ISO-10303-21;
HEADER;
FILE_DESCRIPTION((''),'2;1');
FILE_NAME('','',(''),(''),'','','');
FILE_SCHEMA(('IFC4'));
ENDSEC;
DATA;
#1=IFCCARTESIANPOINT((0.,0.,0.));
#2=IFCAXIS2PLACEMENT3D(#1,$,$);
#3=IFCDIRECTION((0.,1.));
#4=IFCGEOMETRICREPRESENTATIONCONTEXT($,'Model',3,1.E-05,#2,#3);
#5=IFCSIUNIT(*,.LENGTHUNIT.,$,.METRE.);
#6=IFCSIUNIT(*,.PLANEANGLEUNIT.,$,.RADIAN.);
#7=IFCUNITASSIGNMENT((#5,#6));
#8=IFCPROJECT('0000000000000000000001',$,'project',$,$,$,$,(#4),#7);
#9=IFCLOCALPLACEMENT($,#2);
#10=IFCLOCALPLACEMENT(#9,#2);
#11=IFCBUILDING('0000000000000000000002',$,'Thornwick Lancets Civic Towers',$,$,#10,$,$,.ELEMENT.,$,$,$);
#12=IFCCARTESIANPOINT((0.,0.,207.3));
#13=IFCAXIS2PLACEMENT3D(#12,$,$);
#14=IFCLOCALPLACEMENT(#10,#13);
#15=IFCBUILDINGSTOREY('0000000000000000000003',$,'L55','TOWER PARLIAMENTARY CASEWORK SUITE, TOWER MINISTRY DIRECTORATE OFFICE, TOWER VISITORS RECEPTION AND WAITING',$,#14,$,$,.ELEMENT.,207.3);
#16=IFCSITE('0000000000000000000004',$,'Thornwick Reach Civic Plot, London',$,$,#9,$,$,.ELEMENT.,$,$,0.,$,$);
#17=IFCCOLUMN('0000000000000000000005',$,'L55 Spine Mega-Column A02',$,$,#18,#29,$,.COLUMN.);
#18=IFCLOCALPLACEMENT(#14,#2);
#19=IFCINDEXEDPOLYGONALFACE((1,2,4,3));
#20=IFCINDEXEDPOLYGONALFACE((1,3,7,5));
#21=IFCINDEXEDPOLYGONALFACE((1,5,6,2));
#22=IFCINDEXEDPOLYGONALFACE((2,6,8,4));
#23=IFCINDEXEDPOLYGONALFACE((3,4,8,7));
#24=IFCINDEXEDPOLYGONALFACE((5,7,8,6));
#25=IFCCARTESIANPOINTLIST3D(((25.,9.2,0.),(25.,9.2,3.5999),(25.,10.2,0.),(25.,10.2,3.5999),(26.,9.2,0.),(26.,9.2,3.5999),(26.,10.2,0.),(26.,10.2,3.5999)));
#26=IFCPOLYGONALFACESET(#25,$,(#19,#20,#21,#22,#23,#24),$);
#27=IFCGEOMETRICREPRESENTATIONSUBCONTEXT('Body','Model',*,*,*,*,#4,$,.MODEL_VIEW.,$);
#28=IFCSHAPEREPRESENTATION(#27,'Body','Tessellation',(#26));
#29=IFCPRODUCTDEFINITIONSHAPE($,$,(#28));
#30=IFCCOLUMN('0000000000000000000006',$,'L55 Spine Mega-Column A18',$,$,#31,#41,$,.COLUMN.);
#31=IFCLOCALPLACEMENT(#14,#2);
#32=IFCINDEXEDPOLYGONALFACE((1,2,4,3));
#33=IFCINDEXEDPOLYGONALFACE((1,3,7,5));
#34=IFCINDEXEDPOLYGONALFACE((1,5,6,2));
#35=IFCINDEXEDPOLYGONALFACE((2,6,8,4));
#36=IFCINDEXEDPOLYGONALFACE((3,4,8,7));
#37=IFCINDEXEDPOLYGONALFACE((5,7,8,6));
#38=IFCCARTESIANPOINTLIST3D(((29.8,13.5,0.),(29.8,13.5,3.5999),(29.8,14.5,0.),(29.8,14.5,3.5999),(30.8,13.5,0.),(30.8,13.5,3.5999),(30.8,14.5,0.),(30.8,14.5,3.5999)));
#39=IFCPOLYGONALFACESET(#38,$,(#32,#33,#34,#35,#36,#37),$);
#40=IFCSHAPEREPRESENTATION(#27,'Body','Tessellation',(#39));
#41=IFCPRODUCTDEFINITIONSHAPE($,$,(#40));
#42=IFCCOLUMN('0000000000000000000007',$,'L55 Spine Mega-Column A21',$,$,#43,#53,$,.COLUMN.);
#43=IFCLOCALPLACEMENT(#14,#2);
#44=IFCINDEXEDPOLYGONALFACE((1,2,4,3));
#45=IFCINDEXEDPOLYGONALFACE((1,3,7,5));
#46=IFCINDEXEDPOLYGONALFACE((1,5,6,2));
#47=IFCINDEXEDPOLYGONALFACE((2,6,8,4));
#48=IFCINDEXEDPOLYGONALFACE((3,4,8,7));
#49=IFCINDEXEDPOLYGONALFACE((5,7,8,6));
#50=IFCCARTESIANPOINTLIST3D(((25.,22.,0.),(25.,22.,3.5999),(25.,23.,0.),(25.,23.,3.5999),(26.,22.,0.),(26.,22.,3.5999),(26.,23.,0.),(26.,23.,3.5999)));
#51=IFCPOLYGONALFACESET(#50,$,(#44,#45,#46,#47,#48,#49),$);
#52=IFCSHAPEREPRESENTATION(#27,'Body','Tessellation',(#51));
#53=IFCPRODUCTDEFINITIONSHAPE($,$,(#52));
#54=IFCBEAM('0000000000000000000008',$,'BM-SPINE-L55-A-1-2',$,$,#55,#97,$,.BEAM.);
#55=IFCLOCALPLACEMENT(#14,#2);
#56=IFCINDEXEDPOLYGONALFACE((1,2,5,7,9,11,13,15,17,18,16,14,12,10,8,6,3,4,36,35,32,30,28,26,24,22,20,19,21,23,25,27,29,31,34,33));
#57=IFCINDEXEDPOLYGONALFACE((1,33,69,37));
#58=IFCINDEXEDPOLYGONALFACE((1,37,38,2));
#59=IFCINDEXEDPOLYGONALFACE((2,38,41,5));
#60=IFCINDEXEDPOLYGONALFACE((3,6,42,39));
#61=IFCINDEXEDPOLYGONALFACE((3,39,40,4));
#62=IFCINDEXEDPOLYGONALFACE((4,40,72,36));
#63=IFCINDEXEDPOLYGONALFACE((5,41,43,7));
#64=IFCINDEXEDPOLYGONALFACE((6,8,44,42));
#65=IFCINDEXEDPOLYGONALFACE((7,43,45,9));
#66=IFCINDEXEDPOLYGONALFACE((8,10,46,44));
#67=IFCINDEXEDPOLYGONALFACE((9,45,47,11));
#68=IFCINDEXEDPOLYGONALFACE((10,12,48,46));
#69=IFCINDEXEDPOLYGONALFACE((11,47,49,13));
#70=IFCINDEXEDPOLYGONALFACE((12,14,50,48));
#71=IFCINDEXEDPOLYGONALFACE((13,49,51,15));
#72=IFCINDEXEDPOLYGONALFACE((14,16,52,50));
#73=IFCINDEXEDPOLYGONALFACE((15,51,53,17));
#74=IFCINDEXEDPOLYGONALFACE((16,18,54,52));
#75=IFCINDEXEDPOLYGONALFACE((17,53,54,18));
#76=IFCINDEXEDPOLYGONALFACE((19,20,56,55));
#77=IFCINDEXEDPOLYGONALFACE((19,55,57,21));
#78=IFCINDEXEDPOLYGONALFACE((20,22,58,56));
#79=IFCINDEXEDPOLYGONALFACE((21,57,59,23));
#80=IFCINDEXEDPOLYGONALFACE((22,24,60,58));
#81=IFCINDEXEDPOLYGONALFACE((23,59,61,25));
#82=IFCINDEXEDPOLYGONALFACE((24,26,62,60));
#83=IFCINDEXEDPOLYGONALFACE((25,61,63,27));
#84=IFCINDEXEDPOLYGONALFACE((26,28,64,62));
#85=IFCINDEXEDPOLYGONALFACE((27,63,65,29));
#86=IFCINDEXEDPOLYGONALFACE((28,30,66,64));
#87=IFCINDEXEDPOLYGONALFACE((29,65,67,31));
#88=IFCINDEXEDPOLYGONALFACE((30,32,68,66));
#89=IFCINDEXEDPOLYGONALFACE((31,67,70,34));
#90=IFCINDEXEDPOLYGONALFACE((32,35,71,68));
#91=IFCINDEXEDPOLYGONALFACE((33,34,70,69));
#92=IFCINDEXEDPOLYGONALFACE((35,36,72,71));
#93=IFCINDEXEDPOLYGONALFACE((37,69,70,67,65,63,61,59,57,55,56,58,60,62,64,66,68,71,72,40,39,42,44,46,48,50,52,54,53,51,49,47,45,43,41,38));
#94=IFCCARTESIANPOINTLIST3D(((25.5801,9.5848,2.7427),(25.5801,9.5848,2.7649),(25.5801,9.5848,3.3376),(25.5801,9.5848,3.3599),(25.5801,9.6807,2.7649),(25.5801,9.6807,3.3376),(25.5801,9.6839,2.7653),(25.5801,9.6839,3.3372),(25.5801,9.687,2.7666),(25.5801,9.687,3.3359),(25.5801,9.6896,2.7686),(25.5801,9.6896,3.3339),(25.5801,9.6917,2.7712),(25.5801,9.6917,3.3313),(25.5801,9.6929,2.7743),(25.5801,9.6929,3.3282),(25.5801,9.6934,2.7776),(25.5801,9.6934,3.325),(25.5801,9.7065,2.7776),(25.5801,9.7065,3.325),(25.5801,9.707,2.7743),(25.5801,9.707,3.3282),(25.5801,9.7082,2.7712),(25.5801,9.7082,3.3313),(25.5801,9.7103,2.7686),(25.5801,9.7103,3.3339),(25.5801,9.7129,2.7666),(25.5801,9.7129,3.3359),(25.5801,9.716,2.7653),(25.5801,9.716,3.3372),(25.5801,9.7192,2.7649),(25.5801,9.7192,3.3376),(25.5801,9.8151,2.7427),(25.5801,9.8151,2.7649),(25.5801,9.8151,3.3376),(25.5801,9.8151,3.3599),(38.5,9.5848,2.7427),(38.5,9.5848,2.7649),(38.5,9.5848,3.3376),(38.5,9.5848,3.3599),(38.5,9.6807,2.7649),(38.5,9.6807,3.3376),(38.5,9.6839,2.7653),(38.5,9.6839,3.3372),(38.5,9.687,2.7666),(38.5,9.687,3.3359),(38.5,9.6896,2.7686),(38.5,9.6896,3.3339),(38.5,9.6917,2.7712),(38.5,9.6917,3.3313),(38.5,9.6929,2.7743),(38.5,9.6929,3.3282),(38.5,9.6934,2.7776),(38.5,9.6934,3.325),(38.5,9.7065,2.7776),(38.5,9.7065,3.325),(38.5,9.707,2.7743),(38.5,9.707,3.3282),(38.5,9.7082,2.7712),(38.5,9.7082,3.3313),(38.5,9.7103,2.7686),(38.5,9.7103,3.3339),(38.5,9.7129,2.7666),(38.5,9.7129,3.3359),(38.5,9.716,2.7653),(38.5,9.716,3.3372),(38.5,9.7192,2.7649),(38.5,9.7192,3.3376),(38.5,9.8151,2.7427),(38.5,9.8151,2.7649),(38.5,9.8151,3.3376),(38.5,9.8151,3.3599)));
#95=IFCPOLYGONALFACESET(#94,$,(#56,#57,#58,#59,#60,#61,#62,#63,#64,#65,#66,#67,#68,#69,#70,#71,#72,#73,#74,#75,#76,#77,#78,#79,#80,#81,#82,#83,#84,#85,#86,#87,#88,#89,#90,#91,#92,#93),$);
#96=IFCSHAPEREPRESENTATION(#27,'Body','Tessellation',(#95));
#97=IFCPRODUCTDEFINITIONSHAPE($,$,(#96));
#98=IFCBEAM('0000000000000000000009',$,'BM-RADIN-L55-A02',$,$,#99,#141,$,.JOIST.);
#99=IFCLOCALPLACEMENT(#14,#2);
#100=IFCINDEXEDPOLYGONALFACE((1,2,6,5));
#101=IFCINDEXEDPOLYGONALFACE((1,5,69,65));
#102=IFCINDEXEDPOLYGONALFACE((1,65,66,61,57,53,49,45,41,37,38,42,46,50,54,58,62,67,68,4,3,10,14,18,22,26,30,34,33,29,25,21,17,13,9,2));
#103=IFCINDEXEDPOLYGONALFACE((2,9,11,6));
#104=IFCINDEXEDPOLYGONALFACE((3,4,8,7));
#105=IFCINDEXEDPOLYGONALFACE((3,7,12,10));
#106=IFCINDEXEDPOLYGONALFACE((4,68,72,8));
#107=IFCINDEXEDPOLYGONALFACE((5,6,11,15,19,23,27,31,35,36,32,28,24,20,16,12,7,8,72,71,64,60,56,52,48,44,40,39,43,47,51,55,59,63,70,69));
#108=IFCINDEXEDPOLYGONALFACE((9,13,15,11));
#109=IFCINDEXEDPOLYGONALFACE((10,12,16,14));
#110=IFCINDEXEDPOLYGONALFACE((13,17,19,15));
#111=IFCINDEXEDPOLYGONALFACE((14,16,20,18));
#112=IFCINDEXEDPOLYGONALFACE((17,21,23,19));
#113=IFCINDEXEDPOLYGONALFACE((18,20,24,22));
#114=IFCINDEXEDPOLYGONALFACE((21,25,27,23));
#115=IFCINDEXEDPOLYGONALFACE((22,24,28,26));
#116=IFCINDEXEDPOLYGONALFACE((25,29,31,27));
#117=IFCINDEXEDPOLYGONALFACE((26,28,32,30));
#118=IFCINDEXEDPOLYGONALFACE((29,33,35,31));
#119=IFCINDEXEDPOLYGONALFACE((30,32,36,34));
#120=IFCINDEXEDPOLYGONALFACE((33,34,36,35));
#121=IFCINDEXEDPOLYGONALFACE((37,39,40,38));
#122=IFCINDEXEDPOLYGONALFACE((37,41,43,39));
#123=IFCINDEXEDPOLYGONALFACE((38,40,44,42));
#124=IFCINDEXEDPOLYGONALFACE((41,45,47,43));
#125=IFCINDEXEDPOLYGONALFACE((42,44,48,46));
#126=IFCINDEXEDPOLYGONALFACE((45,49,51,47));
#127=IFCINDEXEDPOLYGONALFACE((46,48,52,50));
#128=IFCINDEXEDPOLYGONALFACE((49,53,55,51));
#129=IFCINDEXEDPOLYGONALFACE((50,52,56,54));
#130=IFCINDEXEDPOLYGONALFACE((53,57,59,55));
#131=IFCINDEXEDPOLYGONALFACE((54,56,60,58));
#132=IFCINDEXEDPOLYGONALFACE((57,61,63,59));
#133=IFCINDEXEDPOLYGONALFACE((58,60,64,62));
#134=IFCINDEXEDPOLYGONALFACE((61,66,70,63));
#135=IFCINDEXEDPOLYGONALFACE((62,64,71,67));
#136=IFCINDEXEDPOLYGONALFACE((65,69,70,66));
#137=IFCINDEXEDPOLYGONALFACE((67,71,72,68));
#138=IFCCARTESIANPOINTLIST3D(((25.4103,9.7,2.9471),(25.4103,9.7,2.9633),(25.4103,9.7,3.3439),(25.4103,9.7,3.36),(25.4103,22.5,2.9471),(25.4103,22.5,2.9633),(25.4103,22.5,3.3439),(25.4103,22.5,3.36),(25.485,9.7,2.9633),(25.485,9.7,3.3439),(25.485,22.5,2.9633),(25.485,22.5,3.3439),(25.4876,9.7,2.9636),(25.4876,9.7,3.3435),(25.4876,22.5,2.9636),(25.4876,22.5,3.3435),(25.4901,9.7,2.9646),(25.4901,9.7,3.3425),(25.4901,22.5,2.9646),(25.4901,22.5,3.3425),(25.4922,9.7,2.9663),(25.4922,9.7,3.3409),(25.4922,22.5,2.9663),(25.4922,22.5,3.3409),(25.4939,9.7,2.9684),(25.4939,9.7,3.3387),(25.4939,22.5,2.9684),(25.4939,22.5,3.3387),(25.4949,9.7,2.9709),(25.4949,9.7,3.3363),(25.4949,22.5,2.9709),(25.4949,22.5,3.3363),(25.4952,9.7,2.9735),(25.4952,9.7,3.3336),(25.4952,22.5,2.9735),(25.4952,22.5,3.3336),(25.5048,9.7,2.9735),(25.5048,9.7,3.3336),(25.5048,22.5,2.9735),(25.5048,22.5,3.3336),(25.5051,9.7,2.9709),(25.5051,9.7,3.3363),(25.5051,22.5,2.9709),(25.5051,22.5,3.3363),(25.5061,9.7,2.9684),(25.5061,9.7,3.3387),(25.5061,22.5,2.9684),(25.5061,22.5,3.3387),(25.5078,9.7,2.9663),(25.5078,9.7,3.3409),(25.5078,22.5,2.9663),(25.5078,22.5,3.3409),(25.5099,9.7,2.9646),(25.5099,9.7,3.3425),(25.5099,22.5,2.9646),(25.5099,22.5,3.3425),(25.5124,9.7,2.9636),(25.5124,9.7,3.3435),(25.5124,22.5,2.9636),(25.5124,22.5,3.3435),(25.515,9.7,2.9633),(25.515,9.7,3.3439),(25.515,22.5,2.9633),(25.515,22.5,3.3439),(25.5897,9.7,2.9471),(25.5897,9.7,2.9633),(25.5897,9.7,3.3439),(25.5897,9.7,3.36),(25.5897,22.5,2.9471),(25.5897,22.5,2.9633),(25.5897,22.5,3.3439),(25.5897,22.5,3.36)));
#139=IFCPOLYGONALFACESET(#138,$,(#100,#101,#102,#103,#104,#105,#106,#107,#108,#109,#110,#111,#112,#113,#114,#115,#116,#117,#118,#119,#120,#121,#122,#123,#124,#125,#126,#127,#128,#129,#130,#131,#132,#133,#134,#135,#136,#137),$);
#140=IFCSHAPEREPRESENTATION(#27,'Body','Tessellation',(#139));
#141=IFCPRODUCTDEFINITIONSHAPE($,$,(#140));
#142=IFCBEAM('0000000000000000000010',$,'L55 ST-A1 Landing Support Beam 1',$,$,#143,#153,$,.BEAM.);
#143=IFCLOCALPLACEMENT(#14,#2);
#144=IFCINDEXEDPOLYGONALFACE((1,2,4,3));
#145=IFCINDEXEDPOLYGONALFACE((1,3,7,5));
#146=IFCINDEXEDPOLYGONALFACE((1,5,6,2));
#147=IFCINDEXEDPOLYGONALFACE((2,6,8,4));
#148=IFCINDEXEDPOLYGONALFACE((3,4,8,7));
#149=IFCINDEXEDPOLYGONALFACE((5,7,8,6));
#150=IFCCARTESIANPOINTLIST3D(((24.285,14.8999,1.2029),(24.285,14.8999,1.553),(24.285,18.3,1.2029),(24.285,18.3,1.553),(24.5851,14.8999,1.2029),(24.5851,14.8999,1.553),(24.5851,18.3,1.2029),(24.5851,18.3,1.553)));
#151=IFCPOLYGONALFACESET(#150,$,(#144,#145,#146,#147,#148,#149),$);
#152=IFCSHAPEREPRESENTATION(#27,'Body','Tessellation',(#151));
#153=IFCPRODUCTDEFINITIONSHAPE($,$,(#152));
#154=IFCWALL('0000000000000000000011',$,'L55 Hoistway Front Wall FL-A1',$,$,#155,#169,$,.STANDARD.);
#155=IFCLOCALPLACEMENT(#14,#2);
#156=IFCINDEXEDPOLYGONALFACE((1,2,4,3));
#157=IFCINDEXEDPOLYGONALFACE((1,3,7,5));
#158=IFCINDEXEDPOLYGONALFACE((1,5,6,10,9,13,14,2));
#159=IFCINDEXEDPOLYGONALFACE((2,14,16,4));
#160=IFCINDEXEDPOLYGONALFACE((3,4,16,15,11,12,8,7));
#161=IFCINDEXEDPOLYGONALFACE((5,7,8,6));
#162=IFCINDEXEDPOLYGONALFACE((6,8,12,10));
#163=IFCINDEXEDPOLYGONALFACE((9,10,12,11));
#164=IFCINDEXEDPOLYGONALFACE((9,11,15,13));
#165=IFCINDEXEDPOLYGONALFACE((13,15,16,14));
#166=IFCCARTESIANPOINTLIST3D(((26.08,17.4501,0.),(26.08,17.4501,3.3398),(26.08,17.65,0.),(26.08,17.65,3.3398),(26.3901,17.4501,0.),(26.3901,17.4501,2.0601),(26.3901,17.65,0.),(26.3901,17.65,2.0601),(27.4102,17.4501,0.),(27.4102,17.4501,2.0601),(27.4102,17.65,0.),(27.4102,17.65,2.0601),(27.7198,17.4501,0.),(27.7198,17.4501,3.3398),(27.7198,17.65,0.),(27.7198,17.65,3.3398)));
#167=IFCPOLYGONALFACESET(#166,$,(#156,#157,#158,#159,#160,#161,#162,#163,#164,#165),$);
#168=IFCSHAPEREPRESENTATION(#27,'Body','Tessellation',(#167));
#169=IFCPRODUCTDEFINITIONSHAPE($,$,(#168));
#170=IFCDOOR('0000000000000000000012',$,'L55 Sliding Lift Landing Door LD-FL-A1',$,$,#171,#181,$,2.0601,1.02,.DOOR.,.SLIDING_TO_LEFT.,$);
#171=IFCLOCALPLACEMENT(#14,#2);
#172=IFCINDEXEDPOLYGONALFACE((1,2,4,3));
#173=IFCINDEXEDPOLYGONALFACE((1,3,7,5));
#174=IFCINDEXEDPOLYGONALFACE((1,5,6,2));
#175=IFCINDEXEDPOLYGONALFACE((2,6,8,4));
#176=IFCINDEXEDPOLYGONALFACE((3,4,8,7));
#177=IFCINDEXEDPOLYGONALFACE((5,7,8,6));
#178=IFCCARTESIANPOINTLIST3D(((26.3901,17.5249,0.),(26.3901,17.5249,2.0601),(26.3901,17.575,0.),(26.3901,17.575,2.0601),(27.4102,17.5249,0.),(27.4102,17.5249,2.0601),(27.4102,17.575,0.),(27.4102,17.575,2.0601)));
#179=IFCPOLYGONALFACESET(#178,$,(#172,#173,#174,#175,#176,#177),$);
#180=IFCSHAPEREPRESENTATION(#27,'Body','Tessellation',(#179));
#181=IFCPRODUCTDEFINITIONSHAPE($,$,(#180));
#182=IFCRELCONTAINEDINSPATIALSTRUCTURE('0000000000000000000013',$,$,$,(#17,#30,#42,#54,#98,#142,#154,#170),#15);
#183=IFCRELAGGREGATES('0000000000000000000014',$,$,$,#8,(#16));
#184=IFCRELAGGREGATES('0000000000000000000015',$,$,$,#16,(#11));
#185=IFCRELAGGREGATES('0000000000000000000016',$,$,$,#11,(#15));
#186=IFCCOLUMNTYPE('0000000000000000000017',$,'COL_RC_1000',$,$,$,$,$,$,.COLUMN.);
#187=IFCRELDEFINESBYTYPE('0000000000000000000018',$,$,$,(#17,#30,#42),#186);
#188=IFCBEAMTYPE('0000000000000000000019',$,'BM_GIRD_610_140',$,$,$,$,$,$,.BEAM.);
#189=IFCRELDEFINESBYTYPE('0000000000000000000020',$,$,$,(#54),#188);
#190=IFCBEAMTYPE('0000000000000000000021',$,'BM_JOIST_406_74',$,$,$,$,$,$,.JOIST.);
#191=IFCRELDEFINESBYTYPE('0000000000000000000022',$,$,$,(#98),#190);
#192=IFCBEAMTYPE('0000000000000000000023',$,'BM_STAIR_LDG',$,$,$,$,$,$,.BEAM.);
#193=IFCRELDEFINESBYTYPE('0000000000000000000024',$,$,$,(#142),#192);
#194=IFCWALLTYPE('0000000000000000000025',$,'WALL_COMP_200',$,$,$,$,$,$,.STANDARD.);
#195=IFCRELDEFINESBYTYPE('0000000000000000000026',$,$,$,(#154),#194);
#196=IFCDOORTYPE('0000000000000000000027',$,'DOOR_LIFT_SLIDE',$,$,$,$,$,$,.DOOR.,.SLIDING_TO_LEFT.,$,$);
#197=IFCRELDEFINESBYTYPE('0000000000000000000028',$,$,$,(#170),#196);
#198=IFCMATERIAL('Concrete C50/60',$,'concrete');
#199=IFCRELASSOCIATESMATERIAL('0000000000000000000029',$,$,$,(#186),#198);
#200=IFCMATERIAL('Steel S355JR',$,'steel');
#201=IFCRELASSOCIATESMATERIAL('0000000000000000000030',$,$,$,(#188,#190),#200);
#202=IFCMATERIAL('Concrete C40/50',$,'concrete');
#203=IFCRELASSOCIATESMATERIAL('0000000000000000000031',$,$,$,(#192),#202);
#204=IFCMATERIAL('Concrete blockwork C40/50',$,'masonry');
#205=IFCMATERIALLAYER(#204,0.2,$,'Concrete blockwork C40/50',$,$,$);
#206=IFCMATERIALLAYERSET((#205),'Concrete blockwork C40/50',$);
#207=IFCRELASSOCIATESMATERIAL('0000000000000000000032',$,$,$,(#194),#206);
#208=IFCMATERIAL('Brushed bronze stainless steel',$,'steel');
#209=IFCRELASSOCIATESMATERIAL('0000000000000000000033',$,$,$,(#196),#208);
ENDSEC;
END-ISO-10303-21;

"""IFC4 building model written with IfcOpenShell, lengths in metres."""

from ifc_helpers import new_model, si_unit, direction, frame, frame_2d, origin, origin_2d, place, context, subcontext, project, spatial, rectangle, i_section, extrude, material, layer, layer_set, material_profile, profile_set, type_object, element, fill, save


model = new_model("IFC4")

# Units and contexts
model_context = context("Model", 3, precision=1e-05, world=origin(), true_north=direction((0.0, 1.0)))
body_context = subcontext(model_context, "Body", "Model", "MODEL_VIEW")
ifc_project = project(units=[si_unit("LENGTHUNIT", "METRE"), si_unit("PLANEANGLEUNIT", "RADIAN")], contexts=[model_context])

# Site, building, storey
site_placement = place(None, origin())
site = spatial("IfcSite", under=ifc_project, at=site_placement, Name="Thornwick Reach Civic Plot, London", CompositionType="ELEMENT", RefElevation=0.0)
building_placement = place(site_placement, origin())
building = spatial("IfcBuilding", under=site, at=building_placement, Name="Thornwick Lancets Civic Towers", CompositionType="ELEMENT")
storey_placement = place(building_placement, frame((0.0, 0.0, 207.3)))
storey = spatial("IfcBuildingStorey", under=building, at=storey_placement, Name="L55", Description="TOWER PARLIAMENTARY CASEWORK SUITE, TOWER MINISTRY DIRECTORATE OFFICE, TOWER VISITORS RECEPTION AND WAITING", CompositionType="ELEMENT", Elevation=207.3)

# Columns
ifc_material_1 = material(Name="Concrete C50/60", Category="concrete")
ifc_material_profile_1 = material_profile(ifc_material_1, rectangle(XDim=1.0, YDim=1.0, at=origin_2d()), Name="RC 1000x1000")
ifc_profile_set_1 = profile_set([ifc_material_profile_1], Name="Concrete C50/60")
column_type = type_object("IfcColumnType", Name="COL_RC_1000", PredefinedType="COLUMN", material=ifc_profile_set_1)
for number, where, z_axis, x_axis, name in (
    (1, (25.5, 9.7, 0.0), (0.0, 0.0, 1.0), (1.0, 0.0, 0.0), "L55 Spine Mega-Column A02"),
    (2, (30.3, 14.0, 0.0), (0.0, 0.0, 1.0), (1.0, 0.0, 0.0), "L55 Spine Mega-Column A18"),
    (3, (25.5, 22.5, 0.0), (0.0, 0.0, 1.0), (1.0, 0.0, 0.0), "L55 Spine Mega-Column A21"),
):
    element("IfcColumn", number, at=place(storey_placement, frame(where, z_axis=z_axis, x_axis=x_axis)), inside=storey, type_object=column_type, Name=name, PredefinedType="COLUMN", context=body_context, shape_type="SweptSolid", body=[
        extrude(rectangle(XDim=1.0, YDim=1.0, at=origin_2d()), origin(), (0.0, 0.0, 1.0), 3.5999),
    ])

# Beams
ifc_material_2 = material(Name="Steel S355JR", Category="steel")
ifc_material_profile_2 = material_profile(ifc_material_2, i_section(OverallWidth=0.2302, OverallDepth=0.6172, WebThickness=0.0132, FlangeThickness=0.0222, FilletRadius=0.0127, at=origin_2d()), Name="UKB 610x229x140")
ifc_profile_set_2 = profile_set([ifc_material_profile_2], Name="Steel S355JR")
beam_type_1 = type_object("IfcBeamType", Name="BM_GIRD_610_140", PredefinedType="BEAM", material=ifc_profile_set_2)
beam_1_placement = place(storey_placement, frame((25.5801, 9.7, 3.0513), z_axis=(1.0, 0.0, 0.0), x_axis=(0.0, 1.0, 0.0)))
element("IfcBeam", 4, at=beam_1_placement, inside=storey, type_object=beam_type_1, Name="BM-SPINE-L55-A-1-2", PredefinedType="BEAM", context=body_context, shape_type="SweptSolid", body=[
    extrude(i_section(OverallWidth=0.2302, OverallDepth=0.6172, WebThickness=0.0132, FlangeThickness=0.0222, FilletRadius=0.0127, at=origin_2d()), origin(), (0.0, 0.0, 1.0), 12.9199),
])
ifc_material_profile_3 = material_profile(ifc_material_2, i_section(OverallWidth=0.1794, OverallDepth=0.4128, WebThickness=0.0095, FlangeThickness=0.0161, FilletRadius=0.0103, at=origin_2d()), Name="UKB 406x178x74")
ifc_profile_set_3 = profile_set([ifc_material_profile_3], Name="Steel S355JR")
beam_type_2 = type_object("IfcBeamType", Name="BM_JOIST_406_74", PredefinedType="JOIST", material=ifc_profile_set_3)
beam_2_placement = place(storey_placement, frame((25.5, 22.5, 3.1536), z_axis=(0.0, -1.0, 0.0), x_axis=(1.0, 0.0, 0.0)))
element("IfcBeam", 5, at=beam_2_placement, inside=storey, type_object=beam_type_2, Name="BM-RADIN-L55-A02", PredefinedType="JOIST", context=body_context, shape_type="SweptSolid", body=[
    extrude(i_section(OverallWidth=0.1794, OverallDepth=0.4128, WebThickness=0.0095, FlangeThickness=0.0161, FilletRadius=0.0103, at=origin_2d()), origin(), (0.0, 0.0, 1.0), 12.8),
])
ifc_material_3 = material(Name="Concrete C40/50", Category="concrete")
ifc_material_profile_4 = material_profile(ifc_material_3, rectangle(XDim=0.3, YDim=0.3501, at=origin_2d()), Name="RC 300x350")
ifc_profile_set_4 = profile_set([ifc_material_profile_4], Name="Concrete C40/50")
beam_type_3 = type_object("IfcBeamType", Name="BM_STAIR_LDG", PredefinedType="BEAM", material=ifc_profile_set_4)
beam_3_placement = place(storey_placement, frame((24.4351, 14.8999, 1.3779), z_axis=(0.0, 1.0, 0.0), x_axis=(-1.0, 0.0, 0.0)))
element("IfcBeam", 6, at=beam_3_placement, inside=storey, type_object=beam_type_3, Name="L55 ST-A1 Landing Support Beam 1", PredefinedType="BEAM", context=body_context, shape_type="SweptSolid", body=[
    extrude(rectangle(XDim=0.3, YDim=0.3501, at=origin_2d()), origin(), (0.0, 0.0, 1.0), 3.4001),
])

# Wall, opening, door
ifc_material_4 = material(Name="Concrete blockwork C40/50", Category="masonry")
ifc_layer_1 = layer(ifc_material_4, 0.2, Name="Concrete blockwork C40/50")
ifc_layer_set_1 = layer_set([ifc_layer_1], Name="Concrete blockwork C40/50")
wall_type_1 = type_object("IfcWallType", Name="WALL_COMP_200", PredefinedType="STANDARD", material=ifc_layer_set_1)
wall_1_placement = place(storey_placement, frame((26.0801, 17.55, 0.0), z_axis=(0.0, 0.0, 1.0), x_axis=(1.0, 0.0, 0.0)))
wall_1 = element("IfcWall", 7, at=wall_1_placement, inside=storey, type_object=wall_type_1, Name="L55 Hoistway Front Wall FL-A1", PredefinedType="STANDARD", context=body_context, shape_type="SweptSolid", body=[
    extrude(rectangle(XDim=1.6399, YDim=0.2, at=frame_2d((0.8198, 0.0))), origin(), (0.0, 0.0, 1.0), 3.3398),
])
opening_1_placement = place(wall_1_placement, frame((0.3101, 0.0, 0.0)))
opening_1 = element("IfcOpeningElement", 8, at=opening_1_placement, cuts=wall_1, PredefinedType="OPENING", context=body_context, shape_type="SweptSolid", body=[
    extrude(rectangle(XDim=1.02, YDim=2.0601, at=frame_2d((0.51, 1.03))), frame((0.0, 0.1099, 0.0), z_axis=(0.0, -1.0, 0.0), x_axis=(1.0, 0.0, 0.0)), (0.0, 0.0, 1.0), 0.22),
])
ifc_material_5 = material(Name="Brushed bronze stainless steel", Category="steel")
door_type_1 = type_object("IfcDoorType", Name="DOOR_LIFT_SLIDE", OperationType="SLIDING_TO_LEFT", PredefinedType="DOOR", material=ifc_material_5)
door_1_placement = place(opening_1_placement, origin())
door_1 = element("IfcDoor", 9, at=door_1_placement, inside=storey, type_object=door_type_1, Name="L55 Sliding Lift Landing Door LD-FL-A1", OperationType="SLIDING_TO_LEFT", OverallHeight=2.0601, OverallWidth=1.02, PredefinedType="DOOR", context=body_context, shape_type="SweptSolid", body=[
    extrude(rectangle(XDim=1.02, YDim=2.0601, at=frame_2d((0.51, 1.03))), frame((0.0, 0.0249, 0.0), z_axis=(0.0, -1.0, 0.0), x_axis=(1.0, 0.0, 0.0)), (0.0, 0.0, 1.0), 0.05),
])
fill(opening_1, door_1)

save(model, "model.ifc")
